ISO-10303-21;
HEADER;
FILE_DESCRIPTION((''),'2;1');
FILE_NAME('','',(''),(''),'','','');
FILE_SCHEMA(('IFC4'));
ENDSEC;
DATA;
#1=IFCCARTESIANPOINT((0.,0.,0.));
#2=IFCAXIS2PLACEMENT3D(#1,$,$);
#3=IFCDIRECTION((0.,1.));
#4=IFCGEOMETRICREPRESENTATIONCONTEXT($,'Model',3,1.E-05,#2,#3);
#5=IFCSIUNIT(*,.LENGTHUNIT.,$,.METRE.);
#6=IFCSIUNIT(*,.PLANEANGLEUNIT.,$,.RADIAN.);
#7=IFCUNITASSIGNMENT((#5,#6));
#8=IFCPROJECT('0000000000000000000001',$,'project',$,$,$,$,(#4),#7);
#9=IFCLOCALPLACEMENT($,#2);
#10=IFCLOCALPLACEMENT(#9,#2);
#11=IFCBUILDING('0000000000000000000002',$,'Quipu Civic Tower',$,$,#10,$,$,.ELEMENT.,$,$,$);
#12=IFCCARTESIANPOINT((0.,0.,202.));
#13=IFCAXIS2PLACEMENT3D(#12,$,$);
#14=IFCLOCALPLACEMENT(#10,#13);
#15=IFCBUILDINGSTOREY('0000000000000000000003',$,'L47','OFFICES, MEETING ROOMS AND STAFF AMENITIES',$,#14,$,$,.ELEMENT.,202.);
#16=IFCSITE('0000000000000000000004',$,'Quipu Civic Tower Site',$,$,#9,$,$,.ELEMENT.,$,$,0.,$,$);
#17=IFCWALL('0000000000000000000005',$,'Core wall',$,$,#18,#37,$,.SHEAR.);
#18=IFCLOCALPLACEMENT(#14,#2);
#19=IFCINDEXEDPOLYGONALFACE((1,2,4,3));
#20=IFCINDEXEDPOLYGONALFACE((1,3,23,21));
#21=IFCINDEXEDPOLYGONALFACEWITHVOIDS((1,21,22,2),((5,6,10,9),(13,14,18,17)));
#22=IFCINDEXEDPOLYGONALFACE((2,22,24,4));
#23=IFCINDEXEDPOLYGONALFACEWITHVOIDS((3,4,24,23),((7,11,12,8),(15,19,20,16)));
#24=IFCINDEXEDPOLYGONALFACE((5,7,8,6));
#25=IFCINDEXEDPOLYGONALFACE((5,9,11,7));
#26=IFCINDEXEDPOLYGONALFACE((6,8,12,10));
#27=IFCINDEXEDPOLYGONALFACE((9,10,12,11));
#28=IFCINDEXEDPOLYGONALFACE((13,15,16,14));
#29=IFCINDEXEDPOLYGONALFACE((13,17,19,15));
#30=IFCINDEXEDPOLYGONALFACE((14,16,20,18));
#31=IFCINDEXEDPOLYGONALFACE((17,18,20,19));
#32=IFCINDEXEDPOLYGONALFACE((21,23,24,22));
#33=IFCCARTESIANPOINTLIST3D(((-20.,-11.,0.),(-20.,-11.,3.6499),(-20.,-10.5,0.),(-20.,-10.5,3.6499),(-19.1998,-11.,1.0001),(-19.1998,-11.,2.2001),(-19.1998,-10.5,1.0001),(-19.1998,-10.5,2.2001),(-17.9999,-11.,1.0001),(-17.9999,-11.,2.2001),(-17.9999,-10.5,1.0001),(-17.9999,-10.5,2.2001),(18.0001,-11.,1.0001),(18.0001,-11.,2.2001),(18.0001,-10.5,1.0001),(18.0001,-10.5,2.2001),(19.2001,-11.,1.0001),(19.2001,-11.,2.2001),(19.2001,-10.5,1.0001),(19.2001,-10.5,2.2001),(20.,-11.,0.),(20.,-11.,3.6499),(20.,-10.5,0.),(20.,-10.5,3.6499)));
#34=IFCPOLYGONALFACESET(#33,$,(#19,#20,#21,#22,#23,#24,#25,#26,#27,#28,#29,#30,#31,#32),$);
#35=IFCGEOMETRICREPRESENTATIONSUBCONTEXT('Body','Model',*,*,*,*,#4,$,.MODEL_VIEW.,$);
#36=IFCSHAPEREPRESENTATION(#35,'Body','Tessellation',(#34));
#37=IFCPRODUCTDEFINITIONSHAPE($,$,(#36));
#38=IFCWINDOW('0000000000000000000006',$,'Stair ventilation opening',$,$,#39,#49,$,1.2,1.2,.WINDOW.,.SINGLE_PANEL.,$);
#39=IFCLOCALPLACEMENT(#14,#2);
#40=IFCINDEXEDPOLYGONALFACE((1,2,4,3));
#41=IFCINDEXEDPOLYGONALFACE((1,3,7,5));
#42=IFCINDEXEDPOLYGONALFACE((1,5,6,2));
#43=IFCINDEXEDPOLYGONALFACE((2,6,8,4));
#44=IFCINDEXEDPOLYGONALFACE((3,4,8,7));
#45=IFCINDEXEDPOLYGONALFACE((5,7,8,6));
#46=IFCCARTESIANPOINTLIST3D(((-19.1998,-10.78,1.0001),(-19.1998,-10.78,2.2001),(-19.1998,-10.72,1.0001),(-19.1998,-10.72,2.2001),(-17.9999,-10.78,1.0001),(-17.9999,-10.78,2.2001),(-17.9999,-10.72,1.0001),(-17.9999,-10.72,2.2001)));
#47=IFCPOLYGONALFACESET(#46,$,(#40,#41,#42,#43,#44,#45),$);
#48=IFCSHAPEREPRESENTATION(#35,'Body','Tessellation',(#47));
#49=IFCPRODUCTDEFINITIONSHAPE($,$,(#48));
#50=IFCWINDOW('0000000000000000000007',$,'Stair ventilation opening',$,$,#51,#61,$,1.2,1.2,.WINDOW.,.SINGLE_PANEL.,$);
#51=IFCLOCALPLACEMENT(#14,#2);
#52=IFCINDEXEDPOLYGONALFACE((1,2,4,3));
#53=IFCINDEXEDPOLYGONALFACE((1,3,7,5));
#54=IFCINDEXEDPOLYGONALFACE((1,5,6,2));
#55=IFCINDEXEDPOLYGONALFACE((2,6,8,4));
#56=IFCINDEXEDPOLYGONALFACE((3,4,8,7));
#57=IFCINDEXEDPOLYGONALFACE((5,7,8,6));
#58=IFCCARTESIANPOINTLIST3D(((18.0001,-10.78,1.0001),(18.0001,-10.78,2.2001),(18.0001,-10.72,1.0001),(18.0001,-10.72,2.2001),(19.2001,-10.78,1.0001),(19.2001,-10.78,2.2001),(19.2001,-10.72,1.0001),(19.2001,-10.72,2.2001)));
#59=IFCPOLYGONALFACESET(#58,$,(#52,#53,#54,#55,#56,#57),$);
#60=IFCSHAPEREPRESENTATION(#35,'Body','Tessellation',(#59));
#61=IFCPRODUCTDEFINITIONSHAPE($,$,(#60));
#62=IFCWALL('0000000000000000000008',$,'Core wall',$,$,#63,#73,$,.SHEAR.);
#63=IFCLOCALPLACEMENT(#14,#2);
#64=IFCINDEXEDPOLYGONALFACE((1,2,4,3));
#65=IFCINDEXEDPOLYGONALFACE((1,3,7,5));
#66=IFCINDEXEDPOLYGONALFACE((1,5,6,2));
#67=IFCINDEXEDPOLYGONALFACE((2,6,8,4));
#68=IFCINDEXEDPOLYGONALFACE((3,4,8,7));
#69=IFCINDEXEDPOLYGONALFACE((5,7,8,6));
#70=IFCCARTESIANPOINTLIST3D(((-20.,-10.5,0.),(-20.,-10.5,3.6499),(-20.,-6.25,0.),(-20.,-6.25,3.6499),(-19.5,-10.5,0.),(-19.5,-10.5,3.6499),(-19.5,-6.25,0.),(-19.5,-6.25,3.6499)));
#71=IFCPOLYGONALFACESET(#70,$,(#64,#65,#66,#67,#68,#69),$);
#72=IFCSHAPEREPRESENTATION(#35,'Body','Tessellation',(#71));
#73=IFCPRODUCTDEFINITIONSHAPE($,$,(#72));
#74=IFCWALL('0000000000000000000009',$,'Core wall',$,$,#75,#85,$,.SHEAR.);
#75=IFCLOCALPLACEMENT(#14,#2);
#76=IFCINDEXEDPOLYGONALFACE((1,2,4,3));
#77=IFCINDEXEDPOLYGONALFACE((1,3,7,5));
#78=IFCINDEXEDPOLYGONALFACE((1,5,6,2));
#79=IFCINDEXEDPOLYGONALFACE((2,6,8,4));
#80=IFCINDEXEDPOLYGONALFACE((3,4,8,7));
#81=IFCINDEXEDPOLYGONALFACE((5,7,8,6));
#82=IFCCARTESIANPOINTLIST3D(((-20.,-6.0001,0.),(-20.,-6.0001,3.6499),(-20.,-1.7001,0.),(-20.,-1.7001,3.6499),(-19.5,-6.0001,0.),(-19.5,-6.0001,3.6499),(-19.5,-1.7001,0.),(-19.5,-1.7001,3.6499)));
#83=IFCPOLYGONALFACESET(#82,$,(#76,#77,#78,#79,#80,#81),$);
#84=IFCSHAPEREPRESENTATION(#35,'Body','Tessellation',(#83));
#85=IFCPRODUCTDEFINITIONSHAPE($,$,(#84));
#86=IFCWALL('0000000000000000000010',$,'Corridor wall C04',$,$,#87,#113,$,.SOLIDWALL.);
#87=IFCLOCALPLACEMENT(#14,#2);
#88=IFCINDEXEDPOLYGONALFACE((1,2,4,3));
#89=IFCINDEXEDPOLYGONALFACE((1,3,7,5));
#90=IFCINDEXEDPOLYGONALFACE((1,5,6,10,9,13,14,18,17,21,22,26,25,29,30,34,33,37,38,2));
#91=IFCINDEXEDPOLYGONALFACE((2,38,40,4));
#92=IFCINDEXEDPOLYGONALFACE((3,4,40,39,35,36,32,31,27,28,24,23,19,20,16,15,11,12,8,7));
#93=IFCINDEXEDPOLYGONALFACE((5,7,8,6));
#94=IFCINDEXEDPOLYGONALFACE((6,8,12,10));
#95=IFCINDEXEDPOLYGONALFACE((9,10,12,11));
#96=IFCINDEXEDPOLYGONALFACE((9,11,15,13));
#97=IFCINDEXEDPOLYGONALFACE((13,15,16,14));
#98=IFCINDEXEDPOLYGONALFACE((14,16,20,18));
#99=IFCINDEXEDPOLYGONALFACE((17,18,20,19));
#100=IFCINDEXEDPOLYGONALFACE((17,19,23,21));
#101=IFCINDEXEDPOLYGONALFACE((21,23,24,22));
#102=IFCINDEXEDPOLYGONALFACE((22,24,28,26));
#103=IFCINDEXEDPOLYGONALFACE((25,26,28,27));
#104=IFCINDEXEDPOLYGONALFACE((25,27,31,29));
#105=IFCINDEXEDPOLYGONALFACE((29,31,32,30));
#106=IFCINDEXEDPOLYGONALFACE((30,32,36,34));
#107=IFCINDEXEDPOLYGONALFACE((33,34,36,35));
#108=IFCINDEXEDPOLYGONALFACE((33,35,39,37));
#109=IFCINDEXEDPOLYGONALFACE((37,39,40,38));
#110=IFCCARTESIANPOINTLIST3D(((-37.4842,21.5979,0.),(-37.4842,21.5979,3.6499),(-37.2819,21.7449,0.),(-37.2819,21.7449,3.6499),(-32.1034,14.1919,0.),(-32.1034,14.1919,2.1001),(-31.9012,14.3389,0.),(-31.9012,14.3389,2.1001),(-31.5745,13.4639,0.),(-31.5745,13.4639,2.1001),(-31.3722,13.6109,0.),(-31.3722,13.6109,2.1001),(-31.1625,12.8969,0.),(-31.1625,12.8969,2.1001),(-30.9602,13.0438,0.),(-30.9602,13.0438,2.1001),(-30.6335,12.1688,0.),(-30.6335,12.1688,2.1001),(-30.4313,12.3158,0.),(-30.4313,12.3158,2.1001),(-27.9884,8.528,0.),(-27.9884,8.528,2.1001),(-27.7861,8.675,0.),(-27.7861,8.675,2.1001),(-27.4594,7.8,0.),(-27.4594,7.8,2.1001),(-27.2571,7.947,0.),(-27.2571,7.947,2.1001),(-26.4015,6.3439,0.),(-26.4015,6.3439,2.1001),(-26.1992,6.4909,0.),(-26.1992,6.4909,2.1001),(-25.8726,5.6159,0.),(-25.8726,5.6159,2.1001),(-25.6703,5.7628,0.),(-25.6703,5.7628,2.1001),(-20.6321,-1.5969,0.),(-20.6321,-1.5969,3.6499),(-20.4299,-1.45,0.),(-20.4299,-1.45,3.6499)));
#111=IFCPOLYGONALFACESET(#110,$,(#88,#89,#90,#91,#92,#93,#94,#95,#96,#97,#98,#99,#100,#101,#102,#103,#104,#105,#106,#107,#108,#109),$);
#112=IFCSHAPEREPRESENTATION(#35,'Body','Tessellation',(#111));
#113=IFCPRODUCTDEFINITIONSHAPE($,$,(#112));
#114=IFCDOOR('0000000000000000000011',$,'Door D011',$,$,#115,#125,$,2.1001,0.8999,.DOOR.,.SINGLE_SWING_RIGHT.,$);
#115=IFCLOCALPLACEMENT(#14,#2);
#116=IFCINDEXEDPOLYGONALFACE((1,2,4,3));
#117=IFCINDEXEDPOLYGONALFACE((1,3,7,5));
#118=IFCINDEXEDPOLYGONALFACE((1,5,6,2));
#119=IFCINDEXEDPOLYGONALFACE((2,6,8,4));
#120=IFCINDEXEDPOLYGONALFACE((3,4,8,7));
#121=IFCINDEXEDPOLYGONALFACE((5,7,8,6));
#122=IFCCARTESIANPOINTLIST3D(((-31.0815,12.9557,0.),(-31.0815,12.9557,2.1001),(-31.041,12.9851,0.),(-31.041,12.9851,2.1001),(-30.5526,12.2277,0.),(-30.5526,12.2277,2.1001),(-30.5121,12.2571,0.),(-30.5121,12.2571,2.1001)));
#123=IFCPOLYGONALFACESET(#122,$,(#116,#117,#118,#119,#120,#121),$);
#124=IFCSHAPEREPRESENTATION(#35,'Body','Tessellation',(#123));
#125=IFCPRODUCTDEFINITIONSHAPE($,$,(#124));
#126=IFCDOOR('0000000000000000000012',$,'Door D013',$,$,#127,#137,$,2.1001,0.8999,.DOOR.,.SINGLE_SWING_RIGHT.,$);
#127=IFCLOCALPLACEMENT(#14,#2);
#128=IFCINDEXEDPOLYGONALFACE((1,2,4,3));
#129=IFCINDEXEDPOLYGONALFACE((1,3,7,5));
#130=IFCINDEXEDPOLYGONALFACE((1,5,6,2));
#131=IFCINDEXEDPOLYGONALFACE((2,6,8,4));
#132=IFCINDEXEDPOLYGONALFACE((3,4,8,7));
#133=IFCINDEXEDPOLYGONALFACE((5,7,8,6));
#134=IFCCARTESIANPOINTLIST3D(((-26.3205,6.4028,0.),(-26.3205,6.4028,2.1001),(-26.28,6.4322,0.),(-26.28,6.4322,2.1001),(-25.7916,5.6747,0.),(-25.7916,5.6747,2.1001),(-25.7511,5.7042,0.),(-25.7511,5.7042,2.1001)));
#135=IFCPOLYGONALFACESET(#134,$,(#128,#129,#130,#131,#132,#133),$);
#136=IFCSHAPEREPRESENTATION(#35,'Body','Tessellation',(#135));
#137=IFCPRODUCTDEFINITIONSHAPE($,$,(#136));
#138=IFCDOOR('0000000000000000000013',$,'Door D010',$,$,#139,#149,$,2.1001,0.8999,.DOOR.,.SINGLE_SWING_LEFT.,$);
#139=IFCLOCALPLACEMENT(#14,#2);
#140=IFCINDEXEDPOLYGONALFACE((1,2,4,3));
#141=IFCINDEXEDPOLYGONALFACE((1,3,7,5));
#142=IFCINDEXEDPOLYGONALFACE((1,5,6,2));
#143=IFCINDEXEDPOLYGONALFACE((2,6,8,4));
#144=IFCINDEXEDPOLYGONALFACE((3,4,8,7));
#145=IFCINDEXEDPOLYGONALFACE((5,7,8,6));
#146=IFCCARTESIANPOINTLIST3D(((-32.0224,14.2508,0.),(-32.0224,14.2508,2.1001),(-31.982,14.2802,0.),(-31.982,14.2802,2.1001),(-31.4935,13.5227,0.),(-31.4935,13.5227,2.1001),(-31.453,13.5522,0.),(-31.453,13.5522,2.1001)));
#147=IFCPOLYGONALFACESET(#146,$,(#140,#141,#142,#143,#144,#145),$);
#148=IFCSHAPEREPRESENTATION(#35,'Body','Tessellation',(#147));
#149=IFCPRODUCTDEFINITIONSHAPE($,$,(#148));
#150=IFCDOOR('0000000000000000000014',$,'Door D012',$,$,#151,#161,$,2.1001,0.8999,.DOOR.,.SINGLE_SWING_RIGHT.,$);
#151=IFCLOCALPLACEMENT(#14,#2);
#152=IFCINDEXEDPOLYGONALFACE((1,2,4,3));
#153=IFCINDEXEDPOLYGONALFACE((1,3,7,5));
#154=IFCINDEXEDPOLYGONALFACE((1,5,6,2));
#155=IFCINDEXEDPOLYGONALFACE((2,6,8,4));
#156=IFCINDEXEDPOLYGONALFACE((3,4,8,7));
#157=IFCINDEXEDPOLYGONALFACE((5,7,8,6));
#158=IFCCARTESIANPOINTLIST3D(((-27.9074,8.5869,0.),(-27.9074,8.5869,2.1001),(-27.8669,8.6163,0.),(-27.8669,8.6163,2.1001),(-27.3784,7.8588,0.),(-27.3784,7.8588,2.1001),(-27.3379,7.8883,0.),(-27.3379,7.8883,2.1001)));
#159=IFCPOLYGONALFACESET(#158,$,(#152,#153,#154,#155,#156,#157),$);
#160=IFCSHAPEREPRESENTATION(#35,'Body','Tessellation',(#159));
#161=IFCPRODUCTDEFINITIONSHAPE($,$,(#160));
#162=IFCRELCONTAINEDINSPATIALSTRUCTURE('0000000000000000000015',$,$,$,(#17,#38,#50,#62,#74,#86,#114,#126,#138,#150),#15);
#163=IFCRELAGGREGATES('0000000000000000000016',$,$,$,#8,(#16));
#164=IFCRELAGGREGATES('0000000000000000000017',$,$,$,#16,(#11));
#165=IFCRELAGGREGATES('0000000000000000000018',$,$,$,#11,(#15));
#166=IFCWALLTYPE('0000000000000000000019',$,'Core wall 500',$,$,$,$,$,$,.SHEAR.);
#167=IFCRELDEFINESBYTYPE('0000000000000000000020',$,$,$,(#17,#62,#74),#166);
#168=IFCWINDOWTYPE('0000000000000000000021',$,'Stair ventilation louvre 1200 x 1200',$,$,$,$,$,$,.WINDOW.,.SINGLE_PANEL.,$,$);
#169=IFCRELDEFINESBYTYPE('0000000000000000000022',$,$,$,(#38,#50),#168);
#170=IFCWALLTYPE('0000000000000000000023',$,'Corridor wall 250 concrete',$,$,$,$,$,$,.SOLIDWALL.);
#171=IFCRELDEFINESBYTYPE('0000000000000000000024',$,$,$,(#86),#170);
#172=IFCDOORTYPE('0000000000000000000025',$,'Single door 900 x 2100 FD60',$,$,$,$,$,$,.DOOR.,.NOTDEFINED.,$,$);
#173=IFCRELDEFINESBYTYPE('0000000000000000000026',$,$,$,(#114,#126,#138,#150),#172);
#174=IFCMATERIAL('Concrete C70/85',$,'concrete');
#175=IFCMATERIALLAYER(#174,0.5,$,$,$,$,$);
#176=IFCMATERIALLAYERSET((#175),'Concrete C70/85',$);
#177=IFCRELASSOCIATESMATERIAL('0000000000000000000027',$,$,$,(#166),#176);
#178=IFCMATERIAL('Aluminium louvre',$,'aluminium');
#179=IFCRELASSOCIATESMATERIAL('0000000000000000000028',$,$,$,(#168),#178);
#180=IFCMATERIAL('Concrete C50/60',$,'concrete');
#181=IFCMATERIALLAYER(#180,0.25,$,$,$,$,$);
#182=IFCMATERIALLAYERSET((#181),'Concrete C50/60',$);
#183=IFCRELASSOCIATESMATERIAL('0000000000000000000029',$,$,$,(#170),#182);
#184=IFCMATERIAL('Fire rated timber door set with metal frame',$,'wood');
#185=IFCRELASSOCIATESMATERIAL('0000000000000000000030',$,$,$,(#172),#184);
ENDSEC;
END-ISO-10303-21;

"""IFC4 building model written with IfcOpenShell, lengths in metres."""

from ifc_helpers import new_model, si_unit, direction, frame, frame_2d, origin, place, context, subcontext, project, spatial, rectangle, extrude, material, layer, layer_set, type_object, element, fill, save


model = new_model("IFC4")

# Units and contexts
model_context = context("Model", 3, precision=1e-05, world=origin(), true_north=direction((0.0, 1.0)))
body_context = subcontext(model_context, "Body", "Model", "MODEL_VIEW")
ifc_project = project(units=[si_unit("LENGTHUNIT", "METRE"), si_unit("PLANEANGLEUNIT", "RADIAN")], contexts=[model_context])

# Site, building, storey
site_placement = place(None, origin())
site = spatial("IfcSite", under=ifc_project, at=site_placement, Name="Quipu Civic Tower Site", CompositionType="ELEMENT", RefElevation=0.0)
building_placement = place(site_placement, origin())
building = spatial("IfcBuilding", under=site, at=building_placement, Name="Quipu Civic Tower", CompositionType="ELEMENT")
storey_placement = place(building_placement, frame((0.0, 0.0, 202.0)))
storey = spatial("IfcBuildingStorey", under=building, at=storey_placement, Name="L47", Description="OFFICES, MEETING ROOMS AND STAFF AMENITIES", CompositionType="ELEMENT", Elevation=202.0)

# Wall, openings, windows
ifc_material_1 = material(Name="Concrete C70/85", Category="concrete")
ifc_layer_1 = layer(ifc_material_1, 0.5)
ifc_layer_set_1 = layer_set([ifc_layer_1], Name="Concrete C70/85")
wall_type_1 = type_object("IfcWallType", Name="Core wall 500", PredefinedType="SHEAR", material=ifc_layer_set_1)
wall_1_placement = place(storey_placement, frame((-20.0, -10.75, 0.0), z_axis=(0.0, 0.0, 1.0), x_axis=(1.0, 0.0, 0.0)))
wall_1 = element("IfcWall", 1, at=wall_1_placement, inside=storey, type_object=wall_type_1, Name="Core wall", PredefinedType="SHEAR", context=body_context, shape_type="SweptSolid", body=[
    extrude(rectangle(XDim=40.0, YDim=0.5, at=frame_2d((20.0, 0.0))), origin(), (0.0, 0.0, 1.0), 3.6499),
])
opening_1_placement = place(wall_1_placement, frame((0.8, 0.0, 1.0)))
opening_1 = element("IfcOpeningElement", 2, at=opening_1_placement, cuts=wall_1, PredefinedType="OPENING", context=body_context, shape_type="SweptSolid", body=[
    extrude(rectangle(XDim=1.2, YDim=1.2, at=frame_2d((0.6001, 0.6001))), frame((0.0, 0.26, 0.0), z_axis=(0.0, -1.0, 0.0), x_axis=(1.0, 0.0, 0.0)), (0.0, 0.0, 1.0), 0.52),
])
opening_2_placement = place(wall_1_placement, frame((38.0, 0.0, 1.0)))
opening_2 = element("IfcOpeningElement", 3, at=opening_2_placement, cuts=wall_1, PredefinedType="OPENING", context=body_context, shape_type="SweptSolid", body=[
    extrude(rectangle(XDim=1.2, YDim=1.2, at=frame_2d((0.6001, 0.6001))), frame((0.0, 0.26, 0.0), z_axis=(0.0, -1.0, 0.0), x_axis=(1.0, 0.0, 0.0)), (0.0, 0.0, 1.0), 0.52),
])
ifc_material_2 = material(Name="Aluminium louvre", Category="aluminium")
window_type = type_object("IfcWindowType", Name="Stair ventilation louvre 1200 x 1200", PartitioningType="SINGLE_PANEL", PredefinedType="WINDOW", material=ifc_material_2)
window_1_placement = place(opening_1_placement, origin())
window_1 = element("IfcWindow", 4, at=window_1_placement, inside=storey, type_object=window_type, Name="Stair ventilation opening", OverallHeight=1.2, OverallWidth=1.2, PartitioningType="SINGLE_PANEL", PredefinedType="WINDOW", context=body_context, shape_type="SweptSolid", body=[
    extrude(rectangle(XDim=1.2, YDim=1.2, at=frame_2d((0.6001, 0.6001))), frame((0.0, 0.03, 0.0), z_axis=(0.0, -1.0, 0.0), x_axis=(1.0, 0.0, 0.0)), (0.0, 0.0, 1.0), 0.0601),
])
fill(opening_1, window_1)
window_2_placement = place(opening_2_placement, origin())
window_2 = element("IfcWindow", 5, at=window_2_placement, inside=storey, type_object=window_type, Name="Stair ventilation opening", OverallHeight=1.2, OverallWidth=1.2, PartitioningType="SINGLE_PANEL", PredefinedType="WINDOW", context=body_context, shape_type="SweptSolid", body=[
    extrude(rectangle(XDim=1.2, YDim=1.2, at=frame_2d((0.6001, 0.6001))), frame((0.0, 0.03, 0.0), z_axis=(0.0, -1.0, 0.0), x_axis=(1.0, 0.0, 0.0)), (0.0, 0.0, 1.0), 0.0601),
])
fill(opening_2, window_2)

# Walls
wall_2_placement = place(storey_placement, frame((-19.75, -10.5, 0.0), z_axis=(0.0, 0.0, 1.0), x_axis=(0.0, 1.0, 0.0)))
element("IfcWall", 6, at=wall_2_placement, inside=storey, type_object=wall_type_1, Name="Core wall", PredefinedType="SHEAR", context=body_context, shape_type="SweptSolid", body=[
    extrude(rectangle(XDim=4.25, YDim=0.5, at=frame_2d((2.125, 0.0))), origin(), (0.0, 0.0, 1.0), 3.6499),
])
wall_3_placement = place(storey_placement, frame((-19.75, -6.0, 0.0), z_axis=(0.0, 0.0, 1.0), x_axis=(0.0, 1.0, 0.0)))
element("IfcWall", 7, at=wall_3_placement, inside=storey, type_object=wall_type_1, Name="Core wall", PredefinedType="SHEAR", context=body_context, shape_type="SweptSolid", body=[
    extrude(rectangle(XDim=4.3, YDim=0.5, at=frame_2d((2.1499, 0.0))), origin(), (0.0, 0.0, 1.0), 3.6499),
])

# Wall, openings, doors
ifc_material_3 = material(Name="Concrete C50/60", Category="concrete")
ifc_layer_2 = layer(ifc_material_3, 0.25)
ifc_layer_set_2 = layer_set([ifc_layer_2], Name="Concrete C50/60")
wall_type_2 = type_object("IfcWallType", Name="Corridor wall 250 concrete", PredefinedType="SOLIDWALL", material=ifc_layer_set_2)
wall_4_placement = place(storey_placement, frame((-20.531, -1.5234, 0.0), z_axis=(0.0, 0.0, 1.0), x_axis=(-0.587786, 0.809017, 0.0)))
wall_4 = element("IfcWall", 8, at=wall_4_placement, inside=storey, type_object=wall_type_2, Name="Corridor wall C04", PredefinedType="SOLIDWALL", context=body_context, shape_type="SweptSolid", body=[
    extrude(rectangle(XDim=28.6704, YDim=0.25, at=frame_2d((14.3352, 0.0))), origin(), (0.0, 0.0, 1.0), 3.6499),
])
opening_3_placement = place(wall_4_placement, frame((17.0154, 0.0, 0.0)))
opening_3 = element("IfcOpeningElement", 9, at=opening_3_placement, cuts=wall_4, PredefinedType="OPENING", context=body_context, shape_type="SweptSolid", body=[
    extrude(rectangle(XDim=0.8999, YDim=2.1001, at=frame_2d((0.45, 1.05))), frame((0.0, 0.135, 0.0), z_axis=(0.0, -1.0, 0.0), x_axis=(1.0, 0.0, 0.0)), (0.0, 0.0, 1.0), 0.27),
])
opening_4_placement = place(wall_4_placement, frame((8.9155, 0.0, 0.0)))
opening_4 = element("IfcOpeningElement", 10, at=opening_4_placement, cuts=wall_4, PredefinedType="OPENING", context=body_context, shape_type="SweptSolid", body=[
    extrude(rectangle(XDim=0.8999, YDim=2.1001, at=frame_2d((0.45, 1.05))), frame((0.0, 0.135, 0.0), z_axis=(0.0, -1.0, 0.0), x_axis=(1.0, 0.0, 0.0)), (0.0, 0.0, 1.0), 0.27),
])
opening_5_placement = place(wall_4_placement, frame((18.6162, 0.0, 0.0)))
opening_5 = element("IfcOpeningElement", 11, at=opening_5_placement, cuts=wall_4, PredefinedType="OPENING", context=body_context, shape_type="SweptSolid", body=[
    extrude(rectangle(XDim=0.8999, YDim=2.1001, at=frame_2d((0.45, 1.05))), frame((0.0, 0.135, 0.0), z_axis=(0.0, -1.0, 0.0), x_axis=(1.0, 0.0, 0.0)), (0.0, 0.0, 1.0), 0.27),
])
opening_6_placement = place(wall_4_placement, frame((11.6152, 0.0, 0.0)))
opening_6 = element("IfcOpeningElement", 12, at=opening_6_placement, cuts=wall_4, PredefinedType="OPENING", context=body_context, shape_type="SweptSolid", body=[
    extrude(rectangle(XDim=0.8999, YDim=2.1001, at=frame_2d((0.45, 1.05))), frame((0.0, 0.135, 0.0), z_axis=(0.0, -1.0, 0.0), x_axis=(1.0, 0.0, 0.0)), (0.0, 0.0, 1.0), 0.27),
])
ifc_material_4 = material(Name="Fire rated timber door set with metal frame", Category="wood")
door_type_1 = type_object("IfcDoorType", Name="Single door 900 x 2100 FD60", OperationType="NOTDEFINED", PredefinedType="DOOR", material=ifc_material_4)
door_1_placement = place(opening_3_placement, origin())
door_1 = element("IfcDoor", 13, at=door_1_placement, inside=storey, type_object=door_type_1, Name="Door D011", OperationType="SINGLE_SWING_RIGHT", OverallHeight=2.1001, OverallWidth=0.8999, PredefinedType="DOOR", context=body_context, shape_type="SweptSolid", body=[
    extrude(rectangle(XDim=0.8999, YDim=2.1001, at=frame_2d((0.45, 1.05))), frame((0.0, 0.0249, 0.0), z_axis=(0.0, -1.0, 0.0), x_axis=(1.0, 0.0, 0.0)), (0.0, 0.0, 1.0), 0.05),
])
fill(opening_3, door_1)
door_2_placement = place(opening_4_placement, origin())
door_2 = element("IfcDoor", 14, at=door_2_placement, inside=storey, type_object=door_type_1, Name="Door D013", OperationType="SINGLE_SWING_RIGHT", OverallHeight=2.1001, OverallWidth=0.8999, PredefinedType="DOOR", context=body_context, shape_type="SweptSolid", body=[
    extrude(rectangle(XDim=0.8999, YDim=2.1001, at=frame_2d((0.45, 1.05))), frame((0.0, 0.0249, 0.0), z_axis=(0.0, -1.0, 0.0), x_axis=(1.0, 0.0, 0.0)), (0.0, 0.0, 1.0), 0.05),
])
fill(opening_4, door_2)
door_3_placement = place(opening_5_placement, origin())
door_3 = element("IfcDoor", 15, at=door_3_placement, inside=storey, type_object=door_type_1, Name="Door D010", OperationType="SINGLE_SWING_LEFT", OverallHeight=2.1001, OverallWidth=0.8999, PredefinedType="DOOR", context=body_context, shape_type="SweptSolid", body=[
    extrude(rectangle(XDim=0.8999, YDim=2.1001, at=frame_2d((0.45, 1.05))), frame((0.0, 0.0249, 0.0), z_axis=(0.0, -1.0, 0.0), x_axis=(1.0, 0.0, 0.0)), (0.0, 0.0, 1.0), 0.05),
])
fill(opening_5, door_3)
door_4_placement = place(opening_6_placement, origin())
door_4 = element("IfcDoor", 16, at=door_4_placement, inside=storey, type_object=door_type_1, Name="Door D012", OperationType="SINGLE_SWING_RIGHT", OverallHeight=2.1001, OverallWidth=0.8999, PredefinedType="DOOR", context=body_context, shape_type="SweptSolid", body=[
    extrude(rectangle(XDim=0.8999, YDim=2.1001, at=frame_2d((0.45, 1.05))), frame((0.0, 0.0249, 0.0), z_axis=(0.0, -1.0, 0.0), x_axis=(1.0, 0.0, 0.0)), (0.0, 0.0, 1.0), 0.05),
])
fill(opening_6, door_4)

save(model, "model.ifc")
